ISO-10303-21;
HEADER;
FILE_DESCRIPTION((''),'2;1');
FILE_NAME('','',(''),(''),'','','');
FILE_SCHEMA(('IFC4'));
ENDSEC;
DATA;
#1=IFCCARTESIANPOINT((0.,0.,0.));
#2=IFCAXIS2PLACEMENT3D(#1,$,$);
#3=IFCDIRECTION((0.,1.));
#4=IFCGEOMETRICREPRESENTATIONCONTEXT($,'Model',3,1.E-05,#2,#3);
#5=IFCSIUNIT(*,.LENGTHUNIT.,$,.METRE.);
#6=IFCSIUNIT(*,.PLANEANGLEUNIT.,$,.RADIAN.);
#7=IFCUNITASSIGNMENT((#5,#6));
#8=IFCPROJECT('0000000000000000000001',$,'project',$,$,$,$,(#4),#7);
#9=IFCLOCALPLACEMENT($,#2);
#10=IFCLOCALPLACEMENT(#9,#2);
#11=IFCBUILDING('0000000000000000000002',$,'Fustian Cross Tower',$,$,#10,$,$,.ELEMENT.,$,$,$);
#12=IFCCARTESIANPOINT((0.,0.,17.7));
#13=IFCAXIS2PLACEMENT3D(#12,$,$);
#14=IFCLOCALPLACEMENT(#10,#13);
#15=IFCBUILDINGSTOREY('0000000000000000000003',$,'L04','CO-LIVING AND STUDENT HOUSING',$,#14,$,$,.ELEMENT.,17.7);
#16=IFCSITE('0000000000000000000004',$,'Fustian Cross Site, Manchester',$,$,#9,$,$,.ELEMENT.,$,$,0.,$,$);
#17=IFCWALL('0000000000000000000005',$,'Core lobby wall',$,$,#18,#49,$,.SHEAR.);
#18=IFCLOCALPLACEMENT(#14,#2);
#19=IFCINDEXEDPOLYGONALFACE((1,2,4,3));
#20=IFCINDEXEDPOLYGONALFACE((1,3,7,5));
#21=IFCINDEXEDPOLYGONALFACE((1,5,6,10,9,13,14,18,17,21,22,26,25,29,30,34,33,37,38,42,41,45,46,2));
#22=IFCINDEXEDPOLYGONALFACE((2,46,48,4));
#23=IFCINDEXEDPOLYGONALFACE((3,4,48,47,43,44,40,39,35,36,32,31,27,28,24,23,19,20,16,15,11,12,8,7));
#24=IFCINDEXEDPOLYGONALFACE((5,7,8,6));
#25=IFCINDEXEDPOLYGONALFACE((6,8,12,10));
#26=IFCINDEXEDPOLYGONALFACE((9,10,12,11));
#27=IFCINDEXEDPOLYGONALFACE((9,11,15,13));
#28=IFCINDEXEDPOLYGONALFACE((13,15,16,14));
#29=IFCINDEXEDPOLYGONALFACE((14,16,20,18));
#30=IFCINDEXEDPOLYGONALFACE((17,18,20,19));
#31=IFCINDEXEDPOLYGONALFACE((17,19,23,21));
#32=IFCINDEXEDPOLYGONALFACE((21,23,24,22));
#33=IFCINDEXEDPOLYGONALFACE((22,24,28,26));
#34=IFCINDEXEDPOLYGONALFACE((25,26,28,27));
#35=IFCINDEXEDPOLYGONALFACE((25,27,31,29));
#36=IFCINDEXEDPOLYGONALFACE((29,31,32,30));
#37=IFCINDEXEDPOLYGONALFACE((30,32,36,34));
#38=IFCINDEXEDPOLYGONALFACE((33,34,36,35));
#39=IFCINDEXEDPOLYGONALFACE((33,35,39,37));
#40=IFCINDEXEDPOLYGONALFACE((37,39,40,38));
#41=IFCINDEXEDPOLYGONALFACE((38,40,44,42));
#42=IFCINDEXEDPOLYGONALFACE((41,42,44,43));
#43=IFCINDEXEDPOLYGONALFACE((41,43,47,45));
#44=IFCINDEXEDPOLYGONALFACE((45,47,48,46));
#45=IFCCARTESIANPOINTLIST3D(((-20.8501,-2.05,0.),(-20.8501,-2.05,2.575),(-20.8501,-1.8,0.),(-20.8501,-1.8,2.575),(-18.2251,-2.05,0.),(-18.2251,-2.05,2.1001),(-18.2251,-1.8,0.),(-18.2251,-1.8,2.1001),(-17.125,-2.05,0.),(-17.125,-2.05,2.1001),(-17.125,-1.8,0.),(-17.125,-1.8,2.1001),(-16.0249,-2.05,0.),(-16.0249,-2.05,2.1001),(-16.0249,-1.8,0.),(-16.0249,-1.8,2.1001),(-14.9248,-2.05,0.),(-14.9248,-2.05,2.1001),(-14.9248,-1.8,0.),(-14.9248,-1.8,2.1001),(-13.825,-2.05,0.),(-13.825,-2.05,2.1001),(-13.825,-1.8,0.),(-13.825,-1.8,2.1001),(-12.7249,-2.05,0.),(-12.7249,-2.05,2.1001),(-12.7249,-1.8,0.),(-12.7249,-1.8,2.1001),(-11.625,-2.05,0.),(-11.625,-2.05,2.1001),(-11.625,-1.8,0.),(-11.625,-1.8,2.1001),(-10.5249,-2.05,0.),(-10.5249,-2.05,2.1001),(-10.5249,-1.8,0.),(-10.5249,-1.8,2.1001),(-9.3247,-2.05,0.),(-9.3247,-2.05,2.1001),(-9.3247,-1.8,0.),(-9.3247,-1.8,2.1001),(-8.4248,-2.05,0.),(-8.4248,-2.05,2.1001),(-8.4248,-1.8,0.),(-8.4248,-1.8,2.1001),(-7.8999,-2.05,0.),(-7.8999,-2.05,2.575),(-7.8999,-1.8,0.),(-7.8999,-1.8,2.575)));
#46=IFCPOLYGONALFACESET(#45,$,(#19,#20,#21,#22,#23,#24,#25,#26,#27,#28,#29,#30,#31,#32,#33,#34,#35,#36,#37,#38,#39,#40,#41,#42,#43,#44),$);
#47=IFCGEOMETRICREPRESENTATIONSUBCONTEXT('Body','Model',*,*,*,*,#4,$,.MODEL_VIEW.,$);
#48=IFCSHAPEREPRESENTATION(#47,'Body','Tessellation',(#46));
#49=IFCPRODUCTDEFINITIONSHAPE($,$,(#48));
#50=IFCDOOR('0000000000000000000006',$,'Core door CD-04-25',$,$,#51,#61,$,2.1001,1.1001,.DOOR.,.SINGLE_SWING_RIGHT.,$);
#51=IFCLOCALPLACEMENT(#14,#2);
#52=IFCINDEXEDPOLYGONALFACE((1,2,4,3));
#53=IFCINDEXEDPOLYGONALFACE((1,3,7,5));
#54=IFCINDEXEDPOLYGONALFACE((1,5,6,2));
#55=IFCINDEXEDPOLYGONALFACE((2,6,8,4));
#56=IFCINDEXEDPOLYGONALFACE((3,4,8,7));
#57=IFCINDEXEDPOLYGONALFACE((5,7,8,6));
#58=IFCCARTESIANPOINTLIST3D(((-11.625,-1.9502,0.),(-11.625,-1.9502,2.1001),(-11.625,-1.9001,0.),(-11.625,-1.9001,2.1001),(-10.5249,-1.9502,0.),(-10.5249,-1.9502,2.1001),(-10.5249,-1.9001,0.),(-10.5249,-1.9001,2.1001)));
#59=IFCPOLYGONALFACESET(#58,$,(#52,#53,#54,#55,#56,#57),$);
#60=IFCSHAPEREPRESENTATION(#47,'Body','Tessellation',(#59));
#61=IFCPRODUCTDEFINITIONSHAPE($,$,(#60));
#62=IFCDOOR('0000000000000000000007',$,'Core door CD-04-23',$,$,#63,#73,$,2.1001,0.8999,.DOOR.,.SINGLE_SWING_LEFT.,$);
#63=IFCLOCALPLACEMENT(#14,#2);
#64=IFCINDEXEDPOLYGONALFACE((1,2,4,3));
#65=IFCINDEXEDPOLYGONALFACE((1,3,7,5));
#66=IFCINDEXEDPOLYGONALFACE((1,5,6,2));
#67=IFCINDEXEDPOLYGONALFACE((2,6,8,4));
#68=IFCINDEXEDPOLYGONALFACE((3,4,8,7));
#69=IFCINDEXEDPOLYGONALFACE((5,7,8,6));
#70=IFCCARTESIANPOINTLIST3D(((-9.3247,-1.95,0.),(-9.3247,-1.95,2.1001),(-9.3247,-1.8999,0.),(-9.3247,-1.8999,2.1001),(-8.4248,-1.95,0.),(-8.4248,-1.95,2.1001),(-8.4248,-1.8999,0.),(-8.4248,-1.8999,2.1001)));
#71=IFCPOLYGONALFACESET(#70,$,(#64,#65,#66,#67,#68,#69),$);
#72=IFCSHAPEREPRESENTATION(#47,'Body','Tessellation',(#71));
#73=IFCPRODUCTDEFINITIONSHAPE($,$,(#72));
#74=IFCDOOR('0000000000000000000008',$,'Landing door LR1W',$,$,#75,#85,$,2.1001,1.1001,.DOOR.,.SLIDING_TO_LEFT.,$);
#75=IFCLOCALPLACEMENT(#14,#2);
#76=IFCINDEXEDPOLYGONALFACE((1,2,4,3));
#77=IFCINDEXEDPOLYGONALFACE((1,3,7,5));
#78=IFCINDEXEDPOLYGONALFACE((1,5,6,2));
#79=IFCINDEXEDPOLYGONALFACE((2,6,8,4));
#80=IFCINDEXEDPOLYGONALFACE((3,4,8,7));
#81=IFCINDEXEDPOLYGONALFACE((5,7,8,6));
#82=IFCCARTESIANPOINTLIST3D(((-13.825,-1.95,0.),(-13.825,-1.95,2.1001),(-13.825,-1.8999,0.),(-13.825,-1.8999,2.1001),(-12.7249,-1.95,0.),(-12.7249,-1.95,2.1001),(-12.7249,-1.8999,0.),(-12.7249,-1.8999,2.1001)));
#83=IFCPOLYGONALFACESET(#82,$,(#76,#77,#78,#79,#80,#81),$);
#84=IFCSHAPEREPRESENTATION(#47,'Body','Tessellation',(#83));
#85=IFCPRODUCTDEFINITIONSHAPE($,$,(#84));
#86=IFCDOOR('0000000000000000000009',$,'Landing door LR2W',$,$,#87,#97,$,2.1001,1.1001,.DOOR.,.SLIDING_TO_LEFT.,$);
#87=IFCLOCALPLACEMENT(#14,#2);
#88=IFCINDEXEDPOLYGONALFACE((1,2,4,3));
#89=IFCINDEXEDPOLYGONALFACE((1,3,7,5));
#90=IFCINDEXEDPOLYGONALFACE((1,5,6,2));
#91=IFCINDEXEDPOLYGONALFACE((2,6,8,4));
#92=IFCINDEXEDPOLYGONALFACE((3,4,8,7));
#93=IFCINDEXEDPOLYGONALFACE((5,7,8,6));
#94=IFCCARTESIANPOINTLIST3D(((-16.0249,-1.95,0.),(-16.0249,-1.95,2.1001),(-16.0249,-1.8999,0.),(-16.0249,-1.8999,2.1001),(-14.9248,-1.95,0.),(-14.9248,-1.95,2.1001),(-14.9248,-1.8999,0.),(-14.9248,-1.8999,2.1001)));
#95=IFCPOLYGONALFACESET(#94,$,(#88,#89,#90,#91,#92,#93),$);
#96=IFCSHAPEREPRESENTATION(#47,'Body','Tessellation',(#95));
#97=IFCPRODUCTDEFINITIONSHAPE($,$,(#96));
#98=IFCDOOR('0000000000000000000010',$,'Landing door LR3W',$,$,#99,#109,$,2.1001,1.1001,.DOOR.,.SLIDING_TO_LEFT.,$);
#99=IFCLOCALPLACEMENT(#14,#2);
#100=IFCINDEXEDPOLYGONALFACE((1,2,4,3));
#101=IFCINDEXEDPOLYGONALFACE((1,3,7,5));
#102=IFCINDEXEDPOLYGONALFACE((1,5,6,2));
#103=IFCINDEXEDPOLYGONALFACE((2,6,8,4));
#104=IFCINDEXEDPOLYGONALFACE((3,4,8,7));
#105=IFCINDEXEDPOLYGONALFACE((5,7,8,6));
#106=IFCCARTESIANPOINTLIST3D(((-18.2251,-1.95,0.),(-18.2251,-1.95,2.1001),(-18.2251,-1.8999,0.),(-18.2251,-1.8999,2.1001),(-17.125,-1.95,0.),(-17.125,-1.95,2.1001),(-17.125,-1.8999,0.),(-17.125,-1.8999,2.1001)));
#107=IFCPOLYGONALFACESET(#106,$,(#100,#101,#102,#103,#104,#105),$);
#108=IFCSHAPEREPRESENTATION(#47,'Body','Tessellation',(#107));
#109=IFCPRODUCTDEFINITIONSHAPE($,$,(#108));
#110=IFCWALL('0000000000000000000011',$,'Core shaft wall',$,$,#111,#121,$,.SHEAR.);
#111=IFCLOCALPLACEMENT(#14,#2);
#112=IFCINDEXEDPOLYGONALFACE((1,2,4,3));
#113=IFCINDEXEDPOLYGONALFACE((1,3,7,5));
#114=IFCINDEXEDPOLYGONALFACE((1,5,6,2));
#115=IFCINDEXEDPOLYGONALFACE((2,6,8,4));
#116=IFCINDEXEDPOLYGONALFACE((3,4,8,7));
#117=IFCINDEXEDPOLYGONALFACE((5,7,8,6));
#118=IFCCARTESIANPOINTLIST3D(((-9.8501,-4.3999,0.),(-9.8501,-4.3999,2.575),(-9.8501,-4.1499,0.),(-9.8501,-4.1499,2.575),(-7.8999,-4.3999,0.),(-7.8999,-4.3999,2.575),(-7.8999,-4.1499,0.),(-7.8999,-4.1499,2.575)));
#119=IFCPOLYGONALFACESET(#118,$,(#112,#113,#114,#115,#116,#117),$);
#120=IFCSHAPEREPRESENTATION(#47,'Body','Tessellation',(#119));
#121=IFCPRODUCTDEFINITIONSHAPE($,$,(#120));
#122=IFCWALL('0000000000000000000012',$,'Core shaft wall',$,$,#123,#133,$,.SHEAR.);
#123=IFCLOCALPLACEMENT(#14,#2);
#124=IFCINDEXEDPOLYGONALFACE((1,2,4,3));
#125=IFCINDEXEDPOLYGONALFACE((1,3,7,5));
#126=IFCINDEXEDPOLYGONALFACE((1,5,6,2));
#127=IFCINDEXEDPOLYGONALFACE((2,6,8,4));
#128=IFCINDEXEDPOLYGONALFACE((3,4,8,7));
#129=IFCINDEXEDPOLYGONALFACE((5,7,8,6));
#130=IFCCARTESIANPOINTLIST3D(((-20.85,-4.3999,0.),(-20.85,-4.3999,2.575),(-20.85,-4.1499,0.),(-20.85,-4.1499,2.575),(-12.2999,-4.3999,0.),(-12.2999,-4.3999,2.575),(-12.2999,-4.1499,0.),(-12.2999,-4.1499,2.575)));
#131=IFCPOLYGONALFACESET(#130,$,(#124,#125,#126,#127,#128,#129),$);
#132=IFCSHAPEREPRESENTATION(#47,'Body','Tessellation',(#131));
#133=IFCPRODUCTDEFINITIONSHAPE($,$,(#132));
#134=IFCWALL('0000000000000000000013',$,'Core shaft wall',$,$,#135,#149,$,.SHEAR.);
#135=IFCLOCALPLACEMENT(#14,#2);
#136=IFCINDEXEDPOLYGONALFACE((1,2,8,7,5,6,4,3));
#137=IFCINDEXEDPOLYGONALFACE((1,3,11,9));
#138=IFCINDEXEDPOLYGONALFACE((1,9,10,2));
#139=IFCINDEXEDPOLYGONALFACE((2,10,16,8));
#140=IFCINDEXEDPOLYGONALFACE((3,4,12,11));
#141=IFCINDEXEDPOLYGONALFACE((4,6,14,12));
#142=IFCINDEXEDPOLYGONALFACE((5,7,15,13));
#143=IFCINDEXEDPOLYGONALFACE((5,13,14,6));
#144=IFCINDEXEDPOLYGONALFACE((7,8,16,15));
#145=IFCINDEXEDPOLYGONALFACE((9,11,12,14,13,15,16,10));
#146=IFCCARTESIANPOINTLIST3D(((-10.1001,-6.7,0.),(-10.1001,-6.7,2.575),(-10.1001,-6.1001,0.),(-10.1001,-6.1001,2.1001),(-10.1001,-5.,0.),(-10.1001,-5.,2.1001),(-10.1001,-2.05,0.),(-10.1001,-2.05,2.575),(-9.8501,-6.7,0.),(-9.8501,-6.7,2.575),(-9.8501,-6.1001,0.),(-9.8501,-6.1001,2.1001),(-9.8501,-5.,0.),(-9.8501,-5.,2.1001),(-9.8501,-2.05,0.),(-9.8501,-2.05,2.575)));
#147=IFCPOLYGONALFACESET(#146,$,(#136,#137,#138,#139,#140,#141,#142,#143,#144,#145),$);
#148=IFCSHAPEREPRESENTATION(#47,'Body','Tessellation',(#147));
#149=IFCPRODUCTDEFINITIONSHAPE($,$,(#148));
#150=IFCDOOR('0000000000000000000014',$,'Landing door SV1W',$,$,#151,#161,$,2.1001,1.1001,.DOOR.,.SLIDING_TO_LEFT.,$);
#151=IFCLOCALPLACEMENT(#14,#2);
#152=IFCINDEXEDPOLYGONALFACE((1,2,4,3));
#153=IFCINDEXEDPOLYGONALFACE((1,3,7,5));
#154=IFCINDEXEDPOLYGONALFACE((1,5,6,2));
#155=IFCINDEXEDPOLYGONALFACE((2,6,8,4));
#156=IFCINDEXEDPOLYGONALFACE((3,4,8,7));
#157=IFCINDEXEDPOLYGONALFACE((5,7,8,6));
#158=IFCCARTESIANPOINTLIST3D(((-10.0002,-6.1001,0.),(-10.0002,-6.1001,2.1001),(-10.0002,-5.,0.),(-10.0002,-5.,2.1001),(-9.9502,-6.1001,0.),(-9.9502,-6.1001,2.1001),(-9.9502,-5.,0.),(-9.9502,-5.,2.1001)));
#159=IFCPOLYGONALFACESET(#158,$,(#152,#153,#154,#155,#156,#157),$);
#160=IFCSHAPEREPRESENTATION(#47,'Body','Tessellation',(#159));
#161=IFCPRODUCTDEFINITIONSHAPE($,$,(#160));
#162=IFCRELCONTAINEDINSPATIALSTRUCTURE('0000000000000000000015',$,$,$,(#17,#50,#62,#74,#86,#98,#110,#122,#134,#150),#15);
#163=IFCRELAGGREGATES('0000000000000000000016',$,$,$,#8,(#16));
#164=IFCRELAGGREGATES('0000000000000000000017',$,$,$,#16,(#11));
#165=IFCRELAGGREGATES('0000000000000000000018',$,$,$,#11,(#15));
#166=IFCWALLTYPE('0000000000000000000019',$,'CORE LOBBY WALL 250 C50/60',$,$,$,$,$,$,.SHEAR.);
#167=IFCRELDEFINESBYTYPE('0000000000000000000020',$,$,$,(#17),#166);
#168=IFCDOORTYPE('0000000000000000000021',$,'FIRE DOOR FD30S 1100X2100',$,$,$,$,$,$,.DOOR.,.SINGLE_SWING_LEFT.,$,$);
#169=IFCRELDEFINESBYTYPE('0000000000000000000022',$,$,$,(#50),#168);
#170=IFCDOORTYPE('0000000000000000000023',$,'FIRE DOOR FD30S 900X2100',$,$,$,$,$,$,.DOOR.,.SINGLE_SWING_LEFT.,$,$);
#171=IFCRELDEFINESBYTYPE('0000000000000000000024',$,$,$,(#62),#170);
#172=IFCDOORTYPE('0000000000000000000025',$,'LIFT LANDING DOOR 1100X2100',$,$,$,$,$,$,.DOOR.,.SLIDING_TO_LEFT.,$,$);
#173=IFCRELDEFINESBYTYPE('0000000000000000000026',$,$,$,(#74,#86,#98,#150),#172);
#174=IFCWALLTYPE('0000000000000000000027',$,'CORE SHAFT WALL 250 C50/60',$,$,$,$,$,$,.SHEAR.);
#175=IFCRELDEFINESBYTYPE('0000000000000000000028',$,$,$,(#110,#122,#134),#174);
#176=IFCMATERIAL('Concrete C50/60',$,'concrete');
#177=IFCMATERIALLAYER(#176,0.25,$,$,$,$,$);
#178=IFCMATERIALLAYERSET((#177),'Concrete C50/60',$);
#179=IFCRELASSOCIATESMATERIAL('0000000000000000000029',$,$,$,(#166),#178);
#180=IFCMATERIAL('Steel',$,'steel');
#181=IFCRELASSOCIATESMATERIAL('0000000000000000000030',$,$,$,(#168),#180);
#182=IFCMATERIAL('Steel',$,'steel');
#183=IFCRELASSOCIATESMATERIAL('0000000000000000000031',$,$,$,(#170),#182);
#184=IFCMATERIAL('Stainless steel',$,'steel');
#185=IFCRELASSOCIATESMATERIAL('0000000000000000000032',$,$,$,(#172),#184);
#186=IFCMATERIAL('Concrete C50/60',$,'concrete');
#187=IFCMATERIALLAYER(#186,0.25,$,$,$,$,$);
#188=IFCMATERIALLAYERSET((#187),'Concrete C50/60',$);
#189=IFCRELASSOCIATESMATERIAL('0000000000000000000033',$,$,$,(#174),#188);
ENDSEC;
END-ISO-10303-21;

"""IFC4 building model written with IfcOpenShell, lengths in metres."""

from ifc_helpers import new_model, si_unit, direction, frame, frame_2d, origin, place, context, subcontext, project, spatial, rectangle, extrude, material, layer, layer_set, type_object, element, fill, save


model = new_model("IFC4")

# Units and contexts
model_context = context("Model", 3, precision=1e-05, world=origin(), true_north=direction((0.0, 1.0)))
body_context = subcontext(model_context, "Body", "Model", "MODEL_VIEW")
ifc_project = project(units=[si_unit("LENGTHUNIT", "METRE"), si_unit("PLANEANGLEUNIT", "RADIAN")], contexts=[model_context])

# Site, building, storey
site_placement = place(None, origin())
site = spatial("IfcSite", under=ifc_project, at=site_placement, Name="Fustian Cross Site, Manchester", CompositionType="ELEMENT", RefElevation=0.0)
building_placement = place(site_placement, origin())
building = spatial("IfcBuilding", under=site, at=building_placement, Name="Fustian Cross Tower", CompositionType="ELEMENT")
storey_placement = place(building_placement, frame((0.0, 0.0, 17.7)))
storey = spatial("IfcBuildingStorey", under=building, at=storey_placement, Name="L04", Description="CO-LIVING AND STUDENT HOUSING", CompositionType="ELEMENT", Elevation=17.7)

# Wall, openings, doors
ifc_material_1 = material(Name="Concrete C50/60", Category="concrete")
ifc_layer_1 = layer(ifc_material_1, 0.25)
ifc_layer_set_1 = layer_set([ifc_layer_1], Name="Concrete C50/60")
wall_type_1 = type_object("IfcWallType", Name="CORE LOBBY WALL 250 C50/60", PredefinedType="SHEAR", material=ifc_layer_set_1)
wall_1_placement = place(storey_placement, frame((-7.8999, -1.925, 0.0), z_axis=(0.0, 0.0, 1.0), x_axis=(-1.0, 0.0, 0.0)))
wall_1 = element("IfcWall", 1, at=wall_1_placement, inside=storey, type_object=wall_type_1, Name="Core lobby wall", PredefinedType="SHEAR", context=body_context, shape_type="SweptSolid", body=[
    extrude(rectangle(XDim=12.9502, YDim=0.25, at=frame_2d((6.4751, 0.0))), origin(), (0.0, 0.0, 1.0), 2.575),
])
opening_1_placement = place(wall_1_placement, frame((4.825, 0.0, 0.0)))
opening_1 = element("IfcOpeningElement", 2, at=opening_1_placement, cuts=wall_1, PredefinedType="OPENING", context=body_context, shape_type="SweptSolid", body=[
    extrude(rectangle(XDim=1.1001, YDim=2.1001, at=frame_2d((0.55, 1.05))), frame((0.0, 0.135, 0.0), z_axis=(0.0, -1.0, 0.0), x_axis=(1.0, 0.0, 0.0)), (0.0, 0.0, 1.0), 0.27),
])
opening_2_placement = place(wall_1_placement, frame((7.0249, 0.0, 0.0)))
opening_2 = element("IfcOpeningElement", 3, at=opening_2_placement, cuts=wall_1, PredefinedType="OPENING", context=body_context, shape_type="SweptSolid", body=[
    extrude(rectangle(XDim=1.1001, YDim=2.1001, at=frame_2d((0.55, 1.05))), frame((0.0, 0.135, 0.0), z_axis=(0.0, -1.0, 0.0), x_axis=(1.0, 0.0, 0.0)), (0.0, 0.0, 1.0), 0.27),
])
opening_3_placement = place(wall_1_placement, frame((9.2251, 0.0, 0.0)))
opening_3 = element("IfcOpeningElement", 4, at=opening_3_placement, cuts=wall_1, PredefinedType="OPENING", context=body_context, shape_type="SweptSolid", body=[
    extrude(rectangle(XDim=1.1001, YDim=2.1001, at=frame_2d((0.55, 1.05))), frame((0.0, 0.135, 0.0), z_axis=(0.0, -1.0, 0.0), x_axis=(1.0, 0.0, 0.0)), (0.0, 0.0, 1.0), 0.27),
])
opening_4_placement = place(wall_1_placement, frame((0.5249, 0.0, 0.0)))
opening_4 = element("IfcOpeningElement", 5, at=opening_4_placement, cuts=wall_1, PredefinedType="OPENING", context=body_context, shape_type="SweptSolid", body=[
    extrude(rectangle(XDim=0.8999, YDim=2.1001, at=frame_2d((0.45, 1.05))), frame((0.0, 0.135, 0.0), z_axis=(0.0, -1.0, 0.0), x_axis=(1.0, 0.0, 0.0)), (0.0, 0.0, 1.0), 0.27),
])
opening_5_placement = place(wall_1_placement, frame((2.625, 0.0, 0.0)))
opening_5 = element("IfcOpeningElement", 6, at=opening_5_placement, cuts=wall_1, PredefinedType="OPENING", context=body_context, shape_type="SweptSolid", body=[
    extrude(rectangle(XDim=1.1001, YDim=2.1001, at=frame_2d((0.55, 1.05))), frame((0.0, 0.135, 0.0), z_axis=(0.0, -1.0, 0.0), x_axis=(1.0, 0.0, 0.0)), (0.0, 0.0, 1.0), 0.27),
])
ifc_material_2 = material(Name="Steel", Category="steel")
door_type_1 = type_object("IfcDoorType", Name="FIRE DOOR FD30S 1100X2100", OperationType="SINGLE_SWING_LEFT", PredefinedType="DOOR", material=ifc_material_2)
door_1_placement = place(opening_5_placement, frame((1.1001, 0.0, 0.0), z_axis=(0.0, 0.0, 1.0), x_axis=(-1.0, 0.0, 0.0)))
door_1 = element("IfcDoor", 7, at=door_1_placement, inside=storey, type_object=door_type_1, Name="Core door CD-04-25", OperationType="SINGLE_SWING_RIGHT", OverallHeight=2.1001, OverallWidth=1.1001, PredefinedType="DOOR", context=body_context, shape_type="SweptSolid", body=[
    extrude(rectangle(XDim=1.1001, YDim=2.1001, at=frame_2d((0.55, 1.05))), frame((0.0, 0.0249, 0.0), z_axis=(0.0, -1.0, 0.0), x_axis=(1.0, 0.0, 0.0)), (0.0, 0.0, 1.0), 0.05),
])
fill(opening_5, door_1)
ifc_material_3 = material(Name="Steel", Category="steel")
door_type_2 = type_object("IfcDoorType", Name="FIRE DOOR FD30S 900X2100", OperationType="SINGLE_SWING_LEFT", PredefinedType="DOOR", material=ifc_material_3)
door_2_placement = place(opening_4_placement, origin())
door_2 = element("IfcDoor", 8, at=door_2_placement, inside=storey, type_object=door_type_2, Name="Core door CD-04-23", OperationType="SINGLE_SWING_LEFT", OverallHeight=2.1001, OverallWidth=0.8999, PredefinedType="DOOR", context=body_context, shape_type="SweptSolid", body=[
    extrude(rectangle(XDim=0.8999, YDim=2.1001, at=frame_2d((0.45, 1.05))), frame((0.0, 0.0249, 0.0), z_axis=(0.0, -1.0, 0.0), x_axis=(1.0, 0.0, 0.0)), (0.0, 0.0, 1.0), 0.05),
])
fill(opening_4, door_2)
ifc_material_4 = material(Name="Stainless steel", Category="steel")
door_type_3 = type_object("IfcDoorType", Name="LIFT LANDING DOOR 1100X2100", OperationType="SLIDING_TO_LEFT", PredefinedType="DOOR", material=ifc_material_4)
door_3_placement = place(opening_1_placement, origin())
door_3 = element("IfcDoor", 9, at=door_3_placement, inside=storey, type_object=door_type_3, Name="Landing door LR1W", OperationType="SLIDING_TO_LEFT", OverallHeight=2.1001, OverallWidth=1.1001, PredefinedType="DOOR", context=body_context, shape_type="SweptSolid", body=[
    extrude(rectangle(XDim=1.1001, YDim=2.1001, at=frame_2d((0.55, 1.05))), frame((0.0, 0.0249, 0.0), z_axis=(0.0, -1.0, 0.0), x_axis=(1.0, 0.0, 0.0)), (0.0, 0.0, 1.0), 0.05),
])
fill(opening_1, door_3)
door_4_placement = place(opening_2_placement, origin())
door_4 = element("IfcDoor", 10, at=door_4_placement, inside=storey, type_object=door_type_3, Name="Landing door LR2W", OperationType="SLIDING_TO_LEFT", OverallHeight=2.1001, OverallWidth=1.1001, PredefinedType="DOOR", context=body_context, shape_type="SweptSolid", body=[
    extrude(rectangle(XDim=1.1001, YDim=2.1001, at=frame_2d((0.55, 1.05))), frame((0.0, 0.0249, 0.0), z_axis=(0.0, -1.0, 0.0), x_axis=(1.0, 0.0, 0.0)), (0.0, 0.0, 1.0), 0.05),
])
fill(opening_2, door_4)
door_5_placement = place(opening_3_placement, origin())
door_5 = element("IfcDoor", 11, at=door_5_placement, inside=storey, type_object=door_type_3, Name="Landing door LR3W", OperationType="SLIDING_TO_LEFT", OverallHeight=2.1001, OverallWidth=1.1001, PredefinedType="DOOR", context=body_context, shape_type="SweptSolid", body=[
    extrude(rectangle(XDim=1.1001, YDim=2.1001, at=frame_2d((0.55, 1.05))), frame((0.0, 0.0249, 0.0), z_axis=(0.0, -1.0, 0.0), x_axis=(1.0, 0.0, 0.0)), (0.0, 0.0, 1.0), 0.05),
])
fill(opening_3, door_5)

# Walls
ifc_material_5 = material(Name="Concrete C50/60", Category="concrete")
ifc_layer_2 = layer(ifc_material_5, 0.25)
ifc_layer_set_2 = layer_set([ifc_layer_2], Name="Concrete C50/60")
wall_type_2 = type_object("IfcWallType", Name="CORE SHAFT WALL 250 C50/60", PredefinedType="SHEAR", material=ifc_layer_set_2)
wall_2_placement = place(storey_placement, frame((-7.8999, -4.2749, 0.0), z_axis=(0.0, 0.0, 1.0), x_axis=(-1.0, 0.0, 0.0)))
element("IfcWall", 12, at=wall_2_placement, inside=storey, type_object=wall_type_2, Name="Core shaft wall", PredefinedType="SHEAR", context=body_context, shape_type="SweptSolid", body=[
    extrude(rectangle(XDim=1.9502, YDim=0.25, at=frame_2d((0.9751, 0.0))), origin(), (0.0, 0.0, 1.0), 2.575),
])
wall_3_placement = place(storey_placement, frame((-12.3, -4.2749, 0.0), z_axis=(0.0, 0.0, 1.0), x_axis=(-1.0, 0.0, 0.0)))
element("IfcWall", 13, at=wall_3_placement, inside=storey, type_object=wall_type_2, Name="Core shaft wall", PredefinedType="SHEAR", context=body_context, shape_type="SweptSolid", body=[
    extrude(rectangle(XDim=8.55, YDim=0.25, at=frame_2d((4.2749, 0.0))), origin(), (0.0, 0.0, 1.0), 2.575),
])

# Wall, opening, door
wall_4_placement = place(storey_placement, frame((-9.9751, -2.05, 0.0), z_axis=(0.0, 0.0, 1.0), x_axis=(0.0, -1.0, 0.0)))
wall_4 = element("IfcWall", 14, at=wall_4_placement, inside=storey, type_object=wall_type_2, Name="Core shaft wall", PredefinedType="SHEAR", context=body_context, shape_type="SweptSolid", body=[
    extrude(rectangle(XDim=4.6499, YDim=0.25, at=frame_2d((2.325, 0.0))), origin(), (0.0, 0.0, 1.0), 2.575),
])
opening_6_placement = place(wall_4_placement, frame((2.95, 0.0, 0.0)))
opening_6 = element("IfcOpeningElement", 15, at=opening_6_placement, cuts=wall_4, PredefinedType="OPENING", context=body_context, shape_type="SweptSolid", body=[
    extrude(rectangle(XDim=1.1001, YDim=2.1001, at=frame_2d((0.55, 1.05))), frame((0.0, 0.135, 0.0), z_axis=(0.0, -1.0, 0.0), x_axis=(1.0, 0.0, 0.0)), (0.0, 0.0, 1.0), 0.27),
])
door_6_placement = place(opening_6_placement, origin())
door_6 = element("IfcDoor", 16, at=door_6_placement, inside=storey, type_object=door_type_3, Name="Landing door SV1W", OperationType="SLIDING_TO_LEFT", OverallHeight=2.1001, OverallWidth=1.1001, PredefinedType="DOOR", context=body_context, shape_type="SweptSolid", body=[
    extrude(rectangle(XDim=1.1001, YDim=2.1001, at=frame_2d((0.55, 1.05))), frame((0.0, 0.0249, 0.0), z_axis=(0.0, -1.0, 0.0), x_axis=(1.0, 0.0, 0.0)), (0.0, 0.0, 1.0), 0.05),
])
fill(opening_6, door_6)

save(model, "model.ifc")
